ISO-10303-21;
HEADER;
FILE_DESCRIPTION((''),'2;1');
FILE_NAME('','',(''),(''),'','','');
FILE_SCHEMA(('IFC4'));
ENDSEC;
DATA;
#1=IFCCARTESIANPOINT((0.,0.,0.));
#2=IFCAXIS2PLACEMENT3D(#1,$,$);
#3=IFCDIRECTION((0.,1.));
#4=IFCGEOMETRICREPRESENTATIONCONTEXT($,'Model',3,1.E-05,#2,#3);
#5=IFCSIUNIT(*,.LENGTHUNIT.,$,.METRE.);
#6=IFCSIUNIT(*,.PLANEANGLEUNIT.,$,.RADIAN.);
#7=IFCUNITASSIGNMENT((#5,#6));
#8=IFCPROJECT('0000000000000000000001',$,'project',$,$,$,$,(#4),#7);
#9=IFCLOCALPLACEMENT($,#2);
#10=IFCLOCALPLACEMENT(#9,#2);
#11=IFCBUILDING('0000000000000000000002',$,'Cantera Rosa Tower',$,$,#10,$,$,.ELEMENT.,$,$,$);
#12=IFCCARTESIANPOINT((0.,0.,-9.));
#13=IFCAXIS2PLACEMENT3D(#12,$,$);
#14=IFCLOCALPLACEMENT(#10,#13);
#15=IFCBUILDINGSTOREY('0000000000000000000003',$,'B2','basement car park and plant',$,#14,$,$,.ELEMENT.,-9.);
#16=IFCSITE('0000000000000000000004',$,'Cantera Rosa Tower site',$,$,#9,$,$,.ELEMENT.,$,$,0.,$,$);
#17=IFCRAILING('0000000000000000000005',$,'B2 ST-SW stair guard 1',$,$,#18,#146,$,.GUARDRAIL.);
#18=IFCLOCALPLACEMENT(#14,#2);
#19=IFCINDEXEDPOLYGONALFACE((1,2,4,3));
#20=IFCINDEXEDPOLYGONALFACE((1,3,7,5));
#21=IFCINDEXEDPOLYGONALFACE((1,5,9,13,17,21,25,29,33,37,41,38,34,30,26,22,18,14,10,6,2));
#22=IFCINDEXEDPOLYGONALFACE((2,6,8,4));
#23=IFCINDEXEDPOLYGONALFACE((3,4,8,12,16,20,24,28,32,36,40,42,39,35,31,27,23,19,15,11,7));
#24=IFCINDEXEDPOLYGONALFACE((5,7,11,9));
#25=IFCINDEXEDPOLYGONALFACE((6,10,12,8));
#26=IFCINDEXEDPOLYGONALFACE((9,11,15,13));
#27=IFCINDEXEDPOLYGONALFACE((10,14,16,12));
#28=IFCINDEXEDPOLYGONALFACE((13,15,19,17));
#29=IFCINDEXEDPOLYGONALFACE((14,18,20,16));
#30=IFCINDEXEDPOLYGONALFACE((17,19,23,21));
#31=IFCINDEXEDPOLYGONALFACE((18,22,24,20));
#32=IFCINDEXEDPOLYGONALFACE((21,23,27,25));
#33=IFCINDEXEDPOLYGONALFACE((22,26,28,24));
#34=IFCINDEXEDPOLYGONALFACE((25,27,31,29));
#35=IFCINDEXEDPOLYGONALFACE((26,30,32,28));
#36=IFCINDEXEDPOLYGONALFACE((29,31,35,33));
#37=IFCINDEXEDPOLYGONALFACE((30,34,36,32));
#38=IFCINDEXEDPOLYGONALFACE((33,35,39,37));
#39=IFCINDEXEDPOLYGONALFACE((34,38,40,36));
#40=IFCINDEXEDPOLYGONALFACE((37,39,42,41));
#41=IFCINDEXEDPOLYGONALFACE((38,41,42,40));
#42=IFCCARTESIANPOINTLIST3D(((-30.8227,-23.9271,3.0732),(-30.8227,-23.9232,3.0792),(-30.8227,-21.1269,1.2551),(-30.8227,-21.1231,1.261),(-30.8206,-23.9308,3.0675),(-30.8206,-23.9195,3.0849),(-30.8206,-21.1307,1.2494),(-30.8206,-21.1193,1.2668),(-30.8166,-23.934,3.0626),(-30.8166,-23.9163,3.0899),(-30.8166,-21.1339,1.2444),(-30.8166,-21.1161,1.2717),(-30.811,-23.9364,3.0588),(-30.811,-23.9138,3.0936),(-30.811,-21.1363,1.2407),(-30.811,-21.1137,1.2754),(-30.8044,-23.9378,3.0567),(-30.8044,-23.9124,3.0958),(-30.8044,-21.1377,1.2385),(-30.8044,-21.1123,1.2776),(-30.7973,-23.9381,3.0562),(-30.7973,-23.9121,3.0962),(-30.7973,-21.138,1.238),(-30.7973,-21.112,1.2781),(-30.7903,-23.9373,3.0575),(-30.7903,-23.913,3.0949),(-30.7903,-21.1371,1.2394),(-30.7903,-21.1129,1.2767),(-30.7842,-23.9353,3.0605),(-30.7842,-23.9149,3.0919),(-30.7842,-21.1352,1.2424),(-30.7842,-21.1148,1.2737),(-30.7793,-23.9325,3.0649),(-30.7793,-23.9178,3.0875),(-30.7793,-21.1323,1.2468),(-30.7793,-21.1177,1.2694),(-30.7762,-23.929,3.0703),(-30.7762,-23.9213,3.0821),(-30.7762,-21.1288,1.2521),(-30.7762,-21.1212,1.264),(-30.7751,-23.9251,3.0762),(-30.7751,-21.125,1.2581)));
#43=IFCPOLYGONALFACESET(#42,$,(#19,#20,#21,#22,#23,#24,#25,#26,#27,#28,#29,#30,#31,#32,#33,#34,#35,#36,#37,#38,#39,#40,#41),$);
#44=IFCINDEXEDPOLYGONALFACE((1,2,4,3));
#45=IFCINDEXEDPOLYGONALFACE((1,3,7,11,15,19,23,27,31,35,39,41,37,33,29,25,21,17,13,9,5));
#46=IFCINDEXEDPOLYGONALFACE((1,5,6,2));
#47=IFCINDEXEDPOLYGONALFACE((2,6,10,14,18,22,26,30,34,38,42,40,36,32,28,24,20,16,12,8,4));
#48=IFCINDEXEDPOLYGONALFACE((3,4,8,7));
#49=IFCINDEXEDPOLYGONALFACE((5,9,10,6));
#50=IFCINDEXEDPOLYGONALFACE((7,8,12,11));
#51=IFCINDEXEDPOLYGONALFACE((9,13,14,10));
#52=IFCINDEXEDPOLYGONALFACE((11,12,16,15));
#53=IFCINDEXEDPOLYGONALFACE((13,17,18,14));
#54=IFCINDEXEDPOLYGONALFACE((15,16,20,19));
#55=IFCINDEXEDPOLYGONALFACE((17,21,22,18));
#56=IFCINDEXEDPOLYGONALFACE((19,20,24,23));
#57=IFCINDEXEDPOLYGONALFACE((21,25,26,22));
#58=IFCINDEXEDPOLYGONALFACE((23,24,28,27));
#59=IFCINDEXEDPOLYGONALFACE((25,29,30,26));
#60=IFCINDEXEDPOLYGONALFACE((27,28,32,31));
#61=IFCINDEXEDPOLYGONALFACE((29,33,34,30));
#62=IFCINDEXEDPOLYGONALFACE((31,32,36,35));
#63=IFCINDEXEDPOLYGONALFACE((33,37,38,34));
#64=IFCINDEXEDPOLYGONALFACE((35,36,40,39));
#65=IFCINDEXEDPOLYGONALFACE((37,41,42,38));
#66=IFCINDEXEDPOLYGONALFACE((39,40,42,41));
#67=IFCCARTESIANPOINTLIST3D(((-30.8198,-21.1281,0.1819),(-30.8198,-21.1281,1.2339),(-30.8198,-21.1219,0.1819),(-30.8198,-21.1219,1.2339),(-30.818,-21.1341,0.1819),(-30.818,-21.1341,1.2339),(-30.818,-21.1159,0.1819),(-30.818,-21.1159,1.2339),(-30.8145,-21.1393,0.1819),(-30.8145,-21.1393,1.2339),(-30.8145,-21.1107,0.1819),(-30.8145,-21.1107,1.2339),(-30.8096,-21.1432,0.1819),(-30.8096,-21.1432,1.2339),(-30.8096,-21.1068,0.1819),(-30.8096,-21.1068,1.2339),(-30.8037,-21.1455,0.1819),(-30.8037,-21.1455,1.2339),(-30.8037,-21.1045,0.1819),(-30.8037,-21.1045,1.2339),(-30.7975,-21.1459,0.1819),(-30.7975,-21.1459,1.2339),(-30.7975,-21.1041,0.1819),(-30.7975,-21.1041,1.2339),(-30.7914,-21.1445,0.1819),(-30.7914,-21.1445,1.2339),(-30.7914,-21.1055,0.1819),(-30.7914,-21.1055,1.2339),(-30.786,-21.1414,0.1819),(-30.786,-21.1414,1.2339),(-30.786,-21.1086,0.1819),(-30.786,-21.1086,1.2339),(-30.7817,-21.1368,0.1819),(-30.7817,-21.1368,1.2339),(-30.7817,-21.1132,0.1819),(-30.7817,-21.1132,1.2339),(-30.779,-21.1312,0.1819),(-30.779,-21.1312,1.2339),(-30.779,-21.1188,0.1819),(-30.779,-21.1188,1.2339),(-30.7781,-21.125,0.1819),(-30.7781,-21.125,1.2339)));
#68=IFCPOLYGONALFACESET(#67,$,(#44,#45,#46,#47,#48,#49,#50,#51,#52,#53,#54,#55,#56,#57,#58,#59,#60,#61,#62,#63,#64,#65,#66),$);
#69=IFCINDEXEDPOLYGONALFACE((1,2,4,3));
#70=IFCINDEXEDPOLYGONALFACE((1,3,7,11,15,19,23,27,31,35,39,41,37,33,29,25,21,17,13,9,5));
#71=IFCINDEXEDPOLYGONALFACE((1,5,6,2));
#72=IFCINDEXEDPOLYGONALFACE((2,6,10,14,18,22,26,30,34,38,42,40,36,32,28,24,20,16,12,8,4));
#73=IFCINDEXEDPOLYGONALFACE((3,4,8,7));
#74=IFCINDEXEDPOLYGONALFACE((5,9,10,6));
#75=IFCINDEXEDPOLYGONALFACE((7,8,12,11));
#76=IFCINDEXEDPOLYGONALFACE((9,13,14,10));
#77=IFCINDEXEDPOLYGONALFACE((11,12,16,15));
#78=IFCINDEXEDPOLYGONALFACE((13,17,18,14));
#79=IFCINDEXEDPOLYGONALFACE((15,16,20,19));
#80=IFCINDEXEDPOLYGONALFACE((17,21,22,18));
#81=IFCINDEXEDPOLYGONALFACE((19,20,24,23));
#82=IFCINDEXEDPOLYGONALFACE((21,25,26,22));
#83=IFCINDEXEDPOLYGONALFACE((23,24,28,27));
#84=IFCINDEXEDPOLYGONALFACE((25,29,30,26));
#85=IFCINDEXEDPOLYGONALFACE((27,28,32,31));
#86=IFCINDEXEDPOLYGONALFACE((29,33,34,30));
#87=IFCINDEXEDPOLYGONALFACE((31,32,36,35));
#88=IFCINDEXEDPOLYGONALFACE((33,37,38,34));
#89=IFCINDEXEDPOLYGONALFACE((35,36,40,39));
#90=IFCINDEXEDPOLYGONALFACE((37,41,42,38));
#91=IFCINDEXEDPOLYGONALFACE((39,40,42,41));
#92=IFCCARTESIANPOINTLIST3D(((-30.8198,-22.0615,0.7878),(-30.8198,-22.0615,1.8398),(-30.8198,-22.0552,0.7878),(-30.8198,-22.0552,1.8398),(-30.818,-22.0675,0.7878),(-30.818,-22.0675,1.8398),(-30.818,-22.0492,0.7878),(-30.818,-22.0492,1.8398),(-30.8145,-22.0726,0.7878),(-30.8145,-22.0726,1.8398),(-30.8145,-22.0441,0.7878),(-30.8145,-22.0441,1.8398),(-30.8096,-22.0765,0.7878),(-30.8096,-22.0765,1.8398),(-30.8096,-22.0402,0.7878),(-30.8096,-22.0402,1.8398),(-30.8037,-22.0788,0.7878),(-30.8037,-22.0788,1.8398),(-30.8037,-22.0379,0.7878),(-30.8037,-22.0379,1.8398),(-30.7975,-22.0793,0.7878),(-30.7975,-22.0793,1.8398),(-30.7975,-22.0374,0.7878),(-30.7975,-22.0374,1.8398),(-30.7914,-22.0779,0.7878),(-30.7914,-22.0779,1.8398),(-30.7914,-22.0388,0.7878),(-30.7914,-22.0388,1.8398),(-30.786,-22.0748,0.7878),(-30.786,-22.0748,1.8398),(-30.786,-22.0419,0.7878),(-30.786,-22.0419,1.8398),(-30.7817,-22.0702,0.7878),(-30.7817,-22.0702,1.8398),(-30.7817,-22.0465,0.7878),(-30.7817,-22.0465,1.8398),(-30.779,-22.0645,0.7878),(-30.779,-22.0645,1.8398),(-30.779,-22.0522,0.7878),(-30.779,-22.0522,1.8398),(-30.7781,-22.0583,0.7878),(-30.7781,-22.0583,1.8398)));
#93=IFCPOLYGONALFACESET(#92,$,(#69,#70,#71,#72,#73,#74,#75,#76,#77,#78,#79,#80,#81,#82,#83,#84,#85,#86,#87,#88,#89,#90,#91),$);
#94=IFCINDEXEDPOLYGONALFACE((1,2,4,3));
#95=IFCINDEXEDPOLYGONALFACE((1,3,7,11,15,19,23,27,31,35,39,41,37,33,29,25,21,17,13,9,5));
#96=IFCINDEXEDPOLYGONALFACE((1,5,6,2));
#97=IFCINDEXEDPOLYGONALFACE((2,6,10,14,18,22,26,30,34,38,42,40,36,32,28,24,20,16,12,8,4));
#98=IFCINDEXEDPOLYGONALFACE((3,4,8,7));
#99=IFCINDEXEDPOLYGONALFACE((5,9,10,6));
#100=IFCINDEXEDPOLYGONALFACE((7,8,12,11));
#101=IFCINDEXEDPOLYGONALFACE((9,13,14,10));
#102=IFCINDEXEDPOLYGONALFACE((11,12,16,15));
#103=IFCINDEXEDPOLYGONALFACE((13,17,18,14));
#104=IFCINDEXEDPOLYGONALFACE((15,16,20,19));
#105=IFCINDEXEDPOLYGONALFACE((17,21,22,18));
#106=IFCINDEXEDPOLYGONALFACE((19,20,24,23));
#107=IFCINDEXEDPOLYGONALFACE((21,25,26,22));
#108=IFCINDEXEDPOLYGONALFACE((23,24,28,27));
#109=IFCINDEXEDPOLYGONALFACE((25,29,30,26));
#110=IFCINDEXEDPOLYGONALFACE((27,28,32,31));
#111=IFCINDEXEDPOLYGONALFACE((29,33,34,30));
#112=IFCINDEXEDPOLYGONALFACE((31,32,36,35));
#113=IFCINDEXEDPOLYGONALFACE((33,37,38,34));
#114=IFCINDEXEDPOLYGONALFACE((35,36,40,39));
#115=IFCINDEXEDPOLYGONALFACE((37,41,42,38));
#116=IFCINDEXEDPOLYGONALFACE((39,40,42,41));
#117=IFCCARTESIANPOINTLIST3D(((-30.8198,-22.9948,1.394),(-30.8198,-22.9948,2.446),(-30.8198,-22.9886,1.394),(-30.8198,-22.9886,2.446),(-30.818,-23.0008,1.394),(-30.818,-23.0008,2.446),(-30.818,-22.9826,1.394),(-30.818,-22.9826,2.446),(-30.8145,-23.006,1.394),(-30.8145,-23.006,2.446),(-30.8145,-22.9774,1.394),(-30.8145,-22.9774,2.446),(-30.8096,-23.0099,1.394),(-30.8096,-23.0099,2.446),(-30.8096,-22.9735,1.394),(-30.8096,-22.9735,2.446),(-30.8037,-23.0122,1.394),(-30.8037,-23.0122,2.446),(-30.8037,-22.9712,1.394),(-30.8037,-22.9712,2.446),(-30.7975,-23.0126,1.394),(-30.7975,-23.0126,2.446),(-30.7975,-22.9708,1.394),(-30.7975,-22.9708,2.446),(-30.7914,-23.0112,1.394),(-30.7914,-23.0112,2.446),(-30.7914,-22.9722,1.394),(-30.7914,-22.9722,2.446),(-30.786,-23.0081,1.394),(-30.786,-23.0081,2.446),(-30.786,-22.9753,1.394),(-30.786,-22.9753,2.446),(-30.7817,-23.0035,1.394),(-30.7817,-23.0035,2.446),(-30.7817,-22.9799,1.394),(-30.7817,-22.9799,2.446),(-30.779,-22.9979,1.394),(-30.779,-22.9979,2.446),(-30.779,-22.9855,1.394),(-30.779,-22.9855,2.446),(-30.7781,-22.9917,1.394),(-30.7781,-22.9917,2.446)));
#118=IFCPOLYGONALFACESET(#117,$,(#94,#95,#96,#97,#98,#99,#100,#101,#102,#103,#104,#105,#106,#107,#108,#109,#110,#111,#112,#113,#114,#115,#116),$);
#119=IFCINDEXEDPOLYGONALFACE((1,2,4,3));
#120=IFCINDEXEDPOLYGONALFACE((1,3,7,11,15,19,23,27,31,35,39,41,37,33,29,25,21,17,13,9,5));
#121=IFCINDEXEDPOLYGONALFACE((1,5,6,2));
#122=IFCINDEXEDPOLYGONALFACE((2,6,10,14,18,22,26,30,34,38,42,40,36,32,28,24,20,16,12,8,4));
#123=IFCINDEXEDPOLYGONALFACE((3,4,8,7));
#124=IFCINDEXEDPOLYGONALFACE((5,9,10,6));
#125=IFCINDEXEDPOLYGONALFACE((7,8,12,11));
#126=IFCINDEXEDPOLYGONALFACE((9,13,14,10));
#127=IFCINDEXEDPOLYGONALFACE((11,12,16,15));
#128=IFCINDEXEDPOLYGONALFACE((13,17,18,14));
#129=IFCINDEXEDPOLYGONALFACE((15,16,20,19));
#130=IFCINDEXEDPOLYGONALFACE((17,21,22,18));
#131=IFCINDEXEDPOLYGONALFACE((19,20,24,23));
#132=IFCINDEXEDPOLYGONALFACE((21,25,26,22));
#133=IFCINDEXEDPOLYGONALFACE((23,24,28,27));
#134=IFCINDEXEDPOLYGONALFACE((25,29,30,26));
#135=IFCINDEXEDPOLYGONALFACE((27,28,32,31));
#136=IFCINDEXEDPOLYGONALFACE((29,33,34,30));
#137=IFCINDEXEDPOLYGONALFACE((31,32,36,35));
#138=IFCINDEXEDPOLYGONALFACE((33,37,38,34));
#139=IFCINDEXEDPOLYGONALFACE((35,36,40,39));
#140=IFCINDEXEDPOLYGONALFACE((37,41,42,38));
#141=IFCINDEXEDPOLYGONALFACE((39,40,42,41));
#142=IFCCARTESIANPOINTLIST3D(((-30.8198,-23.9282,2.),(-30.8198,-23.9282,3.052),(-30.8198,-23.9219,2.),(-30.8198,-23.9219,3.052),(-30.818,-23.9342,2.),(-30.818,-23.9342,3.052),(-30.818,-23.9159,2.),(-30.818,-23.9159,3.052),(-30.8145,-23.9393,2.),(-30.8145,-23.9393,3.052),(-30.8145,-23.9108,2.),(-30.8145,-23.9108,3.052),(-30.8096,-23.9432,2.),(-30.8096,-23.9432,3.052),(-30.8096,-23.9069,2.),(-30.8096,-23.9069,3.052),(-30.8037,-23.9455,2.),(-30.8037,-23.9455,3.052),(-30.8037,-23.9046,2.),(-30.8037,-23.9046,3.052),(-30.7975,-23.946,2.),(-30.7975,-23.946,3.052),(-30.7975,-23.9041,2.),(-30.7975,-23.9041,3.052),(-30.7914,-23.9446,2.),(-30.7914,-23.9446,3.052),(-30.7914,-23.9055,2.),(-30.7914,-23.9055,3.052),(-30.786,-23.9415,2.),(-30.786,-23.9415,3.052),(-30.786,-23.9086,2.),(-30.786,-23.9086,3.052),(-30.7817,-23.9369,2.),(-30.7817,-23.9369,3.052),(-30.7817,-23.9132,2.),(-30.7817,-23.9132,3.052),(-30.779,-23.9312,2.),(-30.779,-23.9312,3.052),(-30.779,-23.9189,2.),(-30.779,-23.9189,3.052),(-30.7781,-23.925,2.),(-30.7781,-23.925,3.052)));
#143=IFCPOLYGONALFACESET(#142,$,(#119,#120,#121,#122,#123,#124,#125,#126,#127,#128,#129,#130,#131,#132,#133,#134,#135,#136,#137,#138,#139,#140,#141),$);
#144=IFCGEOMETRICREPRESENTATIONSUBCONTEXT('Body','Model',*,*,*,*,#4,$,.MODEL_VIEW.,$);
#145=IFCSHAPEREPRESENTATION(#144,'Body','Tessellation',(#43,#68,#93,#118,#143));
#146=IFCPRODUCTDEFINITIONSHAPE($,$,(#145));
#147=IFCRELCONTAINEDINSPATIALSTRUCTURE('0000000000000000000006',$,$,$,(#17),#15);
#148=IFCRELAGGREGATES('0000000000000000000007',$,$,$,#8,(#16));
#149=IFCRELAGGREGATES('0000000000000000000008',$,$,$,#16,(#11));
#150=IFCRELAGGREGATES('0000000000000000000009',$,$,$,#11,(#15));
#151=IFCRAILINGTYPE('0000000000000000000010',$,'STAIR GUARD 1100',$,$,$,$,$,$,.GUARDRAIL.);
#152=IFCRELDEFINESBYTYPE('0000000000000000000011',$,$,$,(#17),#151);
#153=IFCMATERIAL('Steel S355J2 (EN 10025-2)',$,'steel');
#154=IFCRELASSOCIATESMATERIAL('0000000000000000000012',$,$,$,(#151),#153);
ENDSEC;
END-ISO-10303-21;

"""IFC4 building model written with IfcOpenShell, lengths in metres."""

from ifc_helpers import new_model, si_unit, direction, frame, origin, origin_2d, place, context, subcontext, project, spatial, circle, extrude, material, type_object, element, save


model = new_model("IFC4")

# Units and contexts
model_context = context("Model", 3, precision=1e-05, world=origin(), true_north=direction((0.0, 1.0)))
body_context = subcontext(model_context, "Body", "Model", "MODEL_VIEW")
ifc_project = project(units=[si_unit("LENGTHUNIT", "METRE"), si_unit("PLANEANGLEUNIT", "RADIAN")], contexts=[model_context])

# Site, building, storey
site_placement = place(None, origin())
site = spatial("IfcSite", under=ifc_project, at=site_placement, Name="Cantera Rosa Tower site", CompositionType="ELEMENT", RefElevation=0.0)
building_placement = place(site_placement, origin())
building = spatial("IfcBuilding", under=site, at=building_placement, Name="Cantera Rosa Tower", CompositionType="ELEMENT")
storey_placement = place(building_placement, frame((0.0, 0.0, -9.0)))
storey = spatial("IfcBuildingStorey", under=building, at=storey_placement, Name="B2", Description="basement car park and plant", CompositionType="ELEMENT", Elevation=-9.0)

# Railing
ifc_material_1 = material(Name="Steel S355J2 (EN 10025-2)", Category="steel")
railing_type_1 = type_object("IfcRailingType", Name="STAIR GUARD 1100", PredefinedType="GUARDRAIL", material=ifc_material_1)
railing_1_placement = place(storey_placement, frame((-30.7991, -21.125, 0.1819)))
element("IfcRailing", 1, at=railing_1_placement, inside=storey, type_object=railing_type_1, Name="B2 ST-SW stair guard 1", PredefinedType="GUARDRAIL", context=body_context, shape_type="SweptSolid", body=[
    extrude(circle(Radius=0.0239, at=origin_2d()), frame((0.0, 0.0, 1.0762), z_axis=(0.0, -0.838706, 0.544585), x_axis=(1.0, 0.0, 0.0)), (0.0, 0.0, 1.0), 3.3386),
    extrude(circle(Radius=0.021, at=origin_2d()), origin(), (0.0, 0.0, 1.0), 1.052),
    extrude(circle(Radius=0.021, at=origin_2d()), frame((0.0, -0.9333, 0.606)), (0.0, 0.0, 1.0), 1.052),
    extrude(circle(Radius=0.021, at=origin_2d()), frame((0.0, -1.8667, 1.2122)), (0.0, 0.0, 1.0), 1.052),
    extrude(circle(Radius=0.021, at=origin_2d()), frame((0.0, -2.8, 1.8181)), (0.0, 0.0, 1.0), 1.052),
])

save(model, "model.ifc")
